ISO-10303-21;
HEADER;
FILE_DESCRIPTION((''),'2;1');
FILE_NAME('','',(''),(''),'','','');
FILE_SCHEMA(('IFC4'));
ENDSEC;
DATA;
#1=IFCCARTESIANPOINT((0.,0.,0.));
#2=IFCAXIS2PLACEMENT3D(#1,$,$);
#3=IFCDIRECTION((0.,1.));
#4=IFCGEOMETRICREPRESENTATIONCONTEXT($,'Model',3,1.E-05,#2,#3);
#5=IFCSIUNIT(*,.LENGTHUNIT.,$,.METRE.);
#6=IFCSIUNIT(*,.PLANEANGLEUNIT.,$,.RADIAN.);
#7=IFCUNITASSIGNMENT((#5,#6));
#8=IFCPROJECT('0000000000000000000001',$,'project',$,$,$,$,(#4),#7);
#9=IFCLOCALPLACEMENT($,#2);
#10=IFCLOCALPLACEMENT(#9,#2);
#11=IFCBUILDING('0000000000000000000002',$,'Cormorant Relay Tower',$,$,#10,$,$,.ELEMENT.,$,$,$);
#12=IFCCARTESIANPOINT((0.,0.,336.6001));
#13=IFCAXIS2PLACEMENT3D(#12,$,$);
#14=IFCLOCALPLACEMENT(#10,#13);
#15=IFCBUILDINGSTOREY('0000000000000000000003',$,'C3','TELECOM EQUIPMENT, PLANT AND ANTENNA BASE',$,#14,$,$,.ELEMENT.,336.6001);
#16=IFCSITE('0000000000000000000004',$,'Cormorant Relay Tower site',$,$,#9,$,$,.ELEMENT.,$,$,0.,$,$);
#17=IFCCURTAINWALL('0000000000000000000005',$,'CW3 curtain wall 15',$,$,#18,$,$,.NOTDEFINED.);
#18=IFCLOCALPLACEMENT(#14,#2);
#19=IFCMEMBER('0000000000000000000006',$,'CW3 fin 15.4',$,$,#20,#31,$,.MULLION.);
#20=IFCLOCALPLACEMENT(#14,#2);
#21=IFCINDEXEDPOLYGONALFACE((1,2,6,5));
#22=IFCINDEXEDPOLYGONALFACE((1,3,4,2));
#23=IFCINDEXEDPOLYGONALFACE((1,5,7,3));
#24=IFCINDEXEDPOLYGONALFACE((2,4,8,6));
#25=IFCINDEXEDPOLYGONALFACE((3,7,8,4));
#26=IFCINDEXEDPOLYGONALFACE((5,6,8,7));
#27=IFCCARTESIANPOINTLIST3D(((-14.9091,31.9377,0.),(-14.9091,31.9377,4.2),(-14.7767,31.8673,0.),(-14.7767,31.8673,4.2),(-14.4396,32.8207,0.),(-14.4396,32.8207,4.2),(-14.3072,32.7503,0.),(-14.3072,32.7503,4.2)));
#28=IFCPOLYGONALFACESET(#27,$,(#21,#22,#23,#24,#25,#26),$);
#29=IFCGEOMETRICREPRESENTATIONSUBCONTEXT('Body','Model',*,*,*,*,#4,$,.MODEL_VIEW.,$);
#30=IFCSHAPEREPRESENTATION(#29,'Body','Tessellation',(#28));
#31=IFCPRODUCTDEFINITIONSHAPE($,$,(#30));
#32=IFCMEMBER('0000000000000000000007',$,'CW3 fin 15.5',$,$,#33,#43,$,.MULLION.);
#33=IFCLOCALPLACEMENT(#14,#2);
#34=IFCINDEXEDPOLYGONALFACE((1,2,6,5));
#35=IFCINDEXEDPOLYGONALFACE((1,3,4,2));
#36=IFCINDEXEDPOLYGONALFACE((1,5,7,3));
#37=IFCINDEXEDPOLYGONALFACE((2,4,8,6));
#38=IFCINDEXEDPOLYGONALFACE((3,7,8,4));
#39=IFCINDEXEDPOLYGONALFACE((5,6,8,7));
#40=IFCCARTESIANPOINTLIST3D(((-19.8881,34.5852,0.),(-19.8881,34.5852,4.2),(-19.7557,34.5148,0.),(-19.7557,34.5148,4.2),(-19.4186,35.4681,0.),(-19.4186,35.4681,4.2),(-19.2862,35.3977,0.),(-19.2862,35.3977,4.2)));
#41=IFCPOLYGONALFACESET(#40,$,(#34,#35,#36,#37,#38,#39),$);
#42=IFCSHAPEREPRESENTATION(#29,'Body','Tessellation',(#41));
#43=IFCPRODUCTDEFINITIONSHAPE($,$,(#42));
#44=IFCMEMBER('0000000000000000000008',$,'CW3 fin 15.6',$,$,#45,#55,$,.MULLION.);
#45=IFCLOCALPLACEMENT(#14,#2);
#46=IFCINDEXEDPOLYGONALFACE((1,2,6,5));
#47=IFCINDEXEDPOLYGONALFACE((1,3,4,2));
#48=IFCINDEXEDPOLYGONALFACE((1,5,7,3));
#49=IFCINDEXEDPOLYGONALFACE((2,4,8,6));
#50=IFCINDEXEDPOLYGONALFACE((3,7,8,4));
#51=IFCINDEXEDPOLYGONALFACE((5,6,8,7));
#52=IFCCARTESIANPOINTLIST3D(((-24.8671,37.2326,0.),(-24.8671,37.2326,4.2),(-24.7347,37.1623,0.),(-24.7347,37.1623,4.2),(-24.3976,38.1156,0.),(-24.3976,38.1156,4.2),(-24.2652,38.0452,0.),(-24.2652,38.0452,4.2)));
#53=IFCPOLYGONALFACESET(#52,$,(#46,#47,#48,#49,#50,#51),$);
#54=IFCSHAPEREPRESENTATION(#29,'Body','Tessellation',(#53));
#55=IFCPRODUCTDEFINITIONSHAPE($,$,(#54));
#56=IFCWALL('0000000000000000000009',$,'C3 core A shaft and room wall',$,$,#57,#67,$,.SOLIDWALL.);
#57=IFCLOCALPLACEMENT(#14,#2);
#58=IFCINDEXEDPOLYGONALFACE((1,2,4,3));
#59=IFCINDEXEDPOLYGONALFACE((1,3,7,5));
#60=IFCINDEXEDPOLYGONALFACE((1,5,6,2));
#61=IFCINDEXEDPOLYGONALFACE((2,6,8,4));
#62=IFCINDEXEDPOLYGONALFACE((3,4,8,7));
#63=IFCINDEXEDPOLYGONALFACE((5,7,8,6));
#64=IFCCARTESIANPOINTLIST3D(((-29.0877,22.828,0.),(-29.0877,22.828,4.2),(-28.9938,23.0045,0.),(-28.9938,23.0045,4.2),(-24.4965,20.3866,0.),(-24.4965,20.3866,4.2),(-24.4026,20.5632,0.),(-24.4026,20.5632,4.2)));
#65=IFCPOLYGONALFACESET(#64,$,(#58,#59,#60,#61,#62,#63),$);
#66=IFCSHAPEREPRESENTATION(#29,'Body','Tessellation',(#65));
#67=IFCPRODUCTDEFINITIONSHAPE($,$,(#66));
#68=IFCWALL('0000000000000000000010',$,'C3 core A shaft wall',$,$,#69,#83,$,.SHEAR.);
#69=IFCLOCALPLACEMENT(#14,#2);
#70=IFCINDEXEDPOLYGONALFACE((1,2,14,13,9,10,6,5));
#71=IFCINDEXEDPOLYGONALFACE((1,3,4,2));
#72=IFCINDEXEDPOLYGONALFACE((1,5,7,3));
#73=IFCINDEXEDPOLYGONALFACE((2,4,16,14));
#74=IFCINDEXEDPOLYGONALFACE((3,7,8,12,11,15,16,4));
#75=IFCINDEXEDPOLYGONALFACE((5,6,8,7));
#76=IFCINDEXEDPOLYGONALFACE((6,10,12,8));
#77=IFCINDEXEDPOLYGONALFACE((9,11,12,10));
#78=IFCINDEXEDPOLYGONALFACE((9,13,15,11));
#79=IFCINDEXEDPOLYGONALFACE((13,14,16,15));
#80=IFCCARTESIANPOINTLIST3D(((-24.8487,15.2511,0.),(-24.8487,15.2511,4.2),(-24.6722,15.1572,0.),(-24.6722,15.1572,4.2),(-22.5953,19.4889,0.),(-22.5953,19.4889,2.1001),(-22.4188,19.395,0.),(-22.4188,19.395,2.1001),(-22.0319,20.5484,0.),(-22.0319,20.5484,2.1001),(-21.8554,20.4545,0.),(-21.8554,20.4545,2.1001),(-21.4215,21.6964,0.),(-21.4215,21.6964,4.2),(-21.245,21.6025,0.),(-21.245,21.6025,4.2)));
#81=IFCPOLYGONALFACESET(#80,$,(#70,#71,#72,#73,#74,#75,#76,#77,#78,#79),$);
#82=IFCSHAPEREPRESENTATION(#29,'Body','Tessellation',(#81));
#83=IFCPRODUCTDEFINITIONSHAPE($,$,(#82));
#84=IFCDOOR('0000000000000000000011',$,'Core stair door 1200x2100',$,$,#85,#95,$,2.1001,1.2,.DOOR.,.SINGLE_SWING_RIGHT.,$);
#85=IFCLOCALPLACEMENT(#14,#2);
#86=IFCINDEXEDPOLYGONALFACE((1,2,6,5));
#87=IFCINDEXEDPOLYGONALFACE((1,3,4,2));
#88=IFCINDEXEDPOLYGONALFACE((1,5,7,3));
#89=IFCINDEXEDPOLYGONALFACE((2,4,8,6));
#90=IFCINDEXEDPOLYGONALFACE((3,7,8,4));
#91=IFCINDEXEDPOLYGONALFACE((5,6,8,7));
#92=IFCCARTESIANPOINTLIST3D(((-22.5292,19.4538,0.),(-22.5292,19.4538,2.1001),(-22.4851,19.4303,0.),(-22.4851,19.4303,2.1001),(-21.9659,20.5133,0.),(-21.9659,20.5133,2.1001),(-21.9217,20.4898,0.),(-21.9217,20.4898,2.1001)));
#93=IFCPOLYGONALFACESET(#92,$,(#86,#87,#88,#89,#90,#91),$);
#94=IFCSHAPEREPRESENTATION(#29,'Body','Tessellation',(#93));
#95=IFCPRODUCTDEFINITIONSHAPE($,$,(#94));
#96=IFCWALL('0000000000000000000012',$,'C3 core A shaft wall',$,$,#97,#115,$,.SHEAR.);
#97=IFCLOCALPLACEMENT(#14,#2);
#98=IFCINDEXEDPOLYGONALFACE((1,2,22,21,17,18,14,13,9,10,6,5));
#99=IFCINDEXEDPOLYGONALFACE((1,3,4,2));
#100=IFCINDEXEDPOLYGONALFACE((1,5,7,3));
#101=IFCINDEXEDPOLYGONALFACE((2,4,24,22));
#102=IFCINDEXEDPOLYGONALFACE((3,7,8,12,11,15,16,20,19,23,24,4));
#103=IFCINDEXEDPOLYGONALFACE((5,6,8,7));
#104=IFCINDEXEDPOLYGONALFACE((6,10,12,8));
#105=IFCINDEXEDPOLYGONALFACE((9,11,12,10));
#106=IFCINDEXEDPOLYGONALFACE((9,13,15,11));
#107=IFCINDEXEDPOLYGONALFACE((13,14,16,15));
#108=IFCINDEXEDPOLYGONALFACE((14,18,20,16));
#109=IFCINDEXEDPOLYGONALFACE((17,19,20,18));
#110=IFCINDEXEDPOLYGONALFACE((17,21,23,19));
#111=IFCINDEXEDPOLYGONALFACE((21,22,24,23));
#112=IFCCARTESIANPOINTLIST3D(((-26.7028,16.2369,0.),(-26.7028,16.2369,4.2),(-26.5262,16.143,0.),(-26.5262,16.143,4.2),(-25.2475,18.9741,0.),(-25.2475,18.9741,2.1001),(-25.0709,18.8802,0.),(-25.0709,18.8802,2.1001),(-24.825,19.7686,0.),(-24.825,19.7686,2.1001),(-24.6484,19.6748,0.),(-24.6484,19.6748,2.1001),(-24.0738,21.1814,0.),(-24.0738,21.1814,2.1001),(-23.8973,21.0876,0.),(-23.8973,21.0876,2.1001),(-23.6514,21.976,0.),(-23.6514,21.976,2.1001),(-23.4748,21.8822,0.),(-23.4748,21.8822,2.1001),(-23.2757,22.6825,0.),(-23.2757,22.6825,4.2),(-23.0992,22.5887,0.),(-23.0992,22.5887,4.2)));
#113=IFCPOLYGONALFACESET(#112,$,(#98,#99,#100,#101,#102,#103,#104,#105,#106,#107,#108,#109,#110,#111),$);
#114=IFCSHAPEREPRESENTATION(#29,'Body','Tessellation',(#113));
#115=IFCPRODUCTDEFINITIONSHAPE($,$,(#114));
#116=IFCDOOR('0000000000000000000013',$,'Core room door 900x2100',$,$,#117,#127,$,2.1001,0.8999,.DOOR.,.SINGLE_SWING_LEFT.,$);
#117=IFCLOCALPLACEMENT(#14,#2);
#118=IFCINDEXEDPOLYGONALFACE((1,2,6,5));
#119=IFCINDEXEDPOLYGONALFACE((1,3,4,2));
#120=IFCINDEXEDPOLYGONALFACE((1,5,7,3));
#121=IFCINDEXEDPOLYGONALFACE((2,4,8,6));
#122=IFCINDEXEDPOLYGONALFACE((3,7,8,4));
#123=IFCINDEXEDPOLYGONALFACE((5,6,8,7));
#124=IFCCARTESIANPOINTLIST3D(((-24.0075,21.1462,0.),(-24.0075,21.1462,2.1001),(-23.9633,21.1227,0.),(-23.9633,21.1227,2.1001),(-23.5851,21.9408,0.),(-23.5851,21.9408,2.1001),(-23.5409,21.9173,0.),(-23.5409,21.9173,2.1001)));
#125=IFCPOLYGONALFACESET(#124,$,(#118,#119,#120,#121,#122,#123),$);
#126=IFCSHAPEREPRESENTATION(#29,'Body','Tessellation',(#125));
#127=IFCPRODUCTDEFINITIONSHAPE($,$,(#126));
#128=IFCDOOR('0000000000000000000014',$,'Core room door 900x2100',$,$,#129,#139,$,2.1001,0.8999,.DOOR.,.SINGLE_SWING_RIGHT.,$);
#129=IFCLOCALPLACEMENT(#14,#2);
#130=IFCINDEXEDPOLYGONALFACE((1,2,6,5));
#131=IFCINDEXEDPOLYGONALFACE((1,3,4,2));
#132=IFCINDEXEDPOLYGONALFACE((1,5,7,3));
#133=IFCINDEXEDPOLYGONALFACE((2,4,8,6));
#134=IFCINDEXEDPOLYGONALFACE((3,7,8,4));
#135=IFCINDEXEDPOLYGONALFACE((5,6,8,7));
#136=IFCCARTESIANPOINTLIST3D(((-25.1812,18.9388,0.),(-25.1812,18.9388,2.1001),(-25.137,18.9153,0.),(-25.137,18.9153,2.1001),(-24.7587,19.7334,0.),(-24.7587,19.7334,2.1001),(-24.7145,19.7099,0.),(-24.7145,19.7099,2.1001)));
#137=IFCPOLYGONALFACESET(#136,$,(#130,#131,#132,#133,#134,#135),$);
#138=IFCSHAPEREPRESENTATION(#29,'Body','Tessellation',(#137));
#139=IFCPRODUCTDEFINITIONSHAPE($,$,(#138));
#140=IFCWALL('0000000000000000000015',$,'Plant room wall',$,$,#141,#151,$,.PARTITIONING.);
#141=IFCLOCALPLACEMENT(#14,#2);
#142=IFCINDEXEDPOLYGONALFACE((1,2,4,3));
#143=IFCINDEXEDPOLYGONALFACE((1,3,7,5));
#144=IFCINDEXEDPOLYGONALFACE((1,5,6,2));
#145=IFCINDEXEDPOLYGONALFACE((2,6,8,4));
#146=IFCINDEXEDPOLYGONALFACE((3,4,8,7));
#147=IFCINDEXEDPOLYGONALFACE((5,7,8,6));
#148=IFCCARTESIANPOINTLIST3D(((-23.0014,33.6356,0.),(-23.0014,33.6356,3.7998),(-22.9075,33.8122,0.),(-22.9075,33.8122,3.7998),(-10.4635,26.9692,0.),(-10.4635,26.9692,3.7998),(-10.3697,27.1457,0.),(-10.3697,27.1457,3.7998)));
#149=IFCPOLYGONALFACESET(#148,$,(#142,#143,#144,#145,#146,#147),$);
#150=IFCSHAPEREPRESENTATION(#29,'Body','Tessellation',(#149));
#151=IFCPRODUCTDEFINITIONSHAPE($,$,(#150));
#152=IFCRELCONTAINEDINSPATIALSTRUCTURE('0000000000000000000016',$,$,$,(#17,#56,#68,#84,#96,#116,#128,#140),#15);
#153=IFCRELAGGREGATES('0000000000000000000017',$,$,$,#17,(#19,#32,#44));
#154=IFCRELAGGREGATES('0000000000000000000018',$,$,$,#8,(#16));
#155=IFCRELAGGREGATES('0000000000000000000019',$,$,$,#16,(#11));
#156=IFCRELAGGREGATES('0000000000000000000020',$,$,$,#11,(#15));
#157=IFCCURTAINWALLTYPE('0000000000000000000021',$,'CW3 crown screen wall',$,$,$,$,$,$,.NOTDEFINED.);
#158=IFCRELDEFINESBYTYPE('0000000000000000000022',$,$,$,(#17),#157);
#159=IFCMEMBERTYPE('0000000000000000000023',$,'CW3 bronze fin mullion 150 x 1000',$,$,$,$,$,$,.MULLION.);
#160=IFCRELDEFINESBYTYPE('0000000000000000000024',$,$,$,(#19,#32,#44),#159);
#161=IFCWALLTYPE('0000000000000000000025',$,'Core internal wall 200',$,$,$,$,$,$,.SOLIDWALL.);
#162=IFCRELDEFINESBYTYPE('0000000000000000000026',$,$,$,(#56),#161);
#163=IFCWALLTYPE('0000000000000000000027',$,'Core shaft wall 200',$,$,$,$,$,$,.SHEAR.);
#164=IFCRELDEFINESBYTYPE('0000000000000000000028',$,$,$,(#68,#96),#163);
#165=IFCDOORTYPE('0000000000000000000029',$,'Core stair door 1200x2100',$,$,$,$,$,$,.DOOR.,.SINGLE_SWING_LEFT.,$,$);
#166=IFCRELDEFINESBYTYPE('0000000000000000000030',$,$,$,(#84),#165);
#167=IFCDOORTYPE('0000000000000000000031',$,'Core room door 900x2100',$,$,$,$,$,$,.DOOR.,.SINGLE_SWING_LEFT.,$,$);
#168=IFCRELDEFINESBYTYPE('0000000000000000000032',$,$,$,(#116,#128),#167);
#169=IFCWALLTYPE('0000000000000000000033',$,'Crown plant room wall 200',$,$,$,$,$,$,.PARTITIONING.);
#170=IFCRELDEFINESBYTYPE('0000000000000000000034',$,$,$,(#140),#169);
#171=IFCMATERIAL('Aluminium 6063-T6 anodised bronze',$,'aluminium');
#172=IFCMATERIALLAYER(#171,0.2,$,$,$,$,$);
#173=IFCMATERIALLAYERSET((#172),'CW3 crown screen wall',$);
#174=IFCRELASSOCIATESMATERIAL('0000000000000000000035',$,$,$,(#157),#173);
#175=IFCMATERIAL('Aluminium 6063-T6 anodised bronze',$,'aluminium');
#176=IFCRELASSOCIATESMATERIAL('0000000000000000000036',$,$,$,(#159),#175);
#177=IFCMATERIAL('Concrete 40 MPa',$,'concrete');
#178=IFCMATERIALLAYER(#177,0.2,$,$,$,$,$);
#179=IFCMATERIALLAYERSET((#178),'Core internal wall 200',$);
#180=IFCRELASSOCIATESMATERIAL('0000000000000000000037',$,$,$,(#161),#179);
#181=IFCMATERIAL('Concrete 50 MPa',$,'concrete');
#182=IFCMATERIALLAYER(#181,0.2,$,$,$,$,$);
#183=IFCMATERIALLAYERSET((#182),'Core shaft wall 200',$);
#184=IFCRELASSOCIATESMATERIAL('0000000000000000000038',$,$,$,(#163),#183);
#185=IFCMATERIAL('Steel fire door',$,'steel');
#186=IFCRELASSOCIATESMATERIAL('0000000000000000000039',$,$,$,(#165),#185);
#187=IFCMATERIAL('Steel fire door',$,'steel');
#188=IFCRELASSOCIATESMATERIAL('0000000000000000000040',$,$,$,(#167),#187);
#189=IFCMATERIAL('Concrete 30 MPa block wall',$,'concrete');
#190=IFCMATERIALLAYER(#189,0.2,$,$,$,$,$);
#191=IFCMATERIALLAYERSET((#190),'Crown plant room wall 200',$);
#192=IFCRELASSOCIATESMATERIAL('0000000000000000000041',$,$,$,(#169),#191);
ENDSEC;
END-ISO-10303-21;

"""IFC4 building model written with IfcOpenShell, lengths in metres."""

from ifc_helpers import new_model, si_unit, direction, frame, frame_2d, origin, origin_2d, place, context, subcontext, project, spatial, rectangle, extrude, material, layer, layer_set, material_profile, profile_set, type_object, element, fill, aggregate, save


model = new_model("IFC4")

# Units and contexts
model_context = context("Model", 3, precision=1e-05, world=origin(), true_north=direction((0.0, 1.0)))
body_context = subcontext(model_context, "Body", "Model", "MODEL_VIEW")
ifc_project = project(units=[si_unit("LENGTHUNIT", "METRE"), si_unit("PLANEANGLEUNIT", "RADIAN")], contexts=[model_context])

# Site, building, storey
site_placement = place(None, origin())
site = spatial("IfcSite", under=ifc_project, at=site_placement, Name="Cormorant Relay Tower site", CompositionType="ELEMENT", RefElevation=0.0)
building_placement = place(site_placement, origin())
building = spatial("IfcBuilding", under=site, at=building_placement, Name="Cormorant Relay Tower", CompositionType="ELEMENT")
storey_placement = place(building_placement, frame((0.0, 0.0, 336.6001)))
storey = spatial("IfcBuildingStorey", under=building, at=storey_placement, Name="C3", Description="TELECOM EQUIPMENT, PLANT AND ANTENNA BASE", CompositionType="ELEMENT", Elevation=336.6001)

# Curtain wall, members
ifc_material_1 = material(Name="Aluminium 6063-T6 anodised bronze", Category="aluminium")
ifc_layer_1 = layer(ifc_material_1, 0.2)
ifc_layer_set_1 = layer_set([ifc_layer_1], Name="CW3 crown screen wall")
curtain_wall_type = type_object("IfcCurtainWallType", Name="CW3 crown screen wall", PredefinedType="NOTDEFINED", material=ifc_layer_set_1)
curtain_wall_placement = place(storey_placement, origin())
curtain_wall = element("IfcCurtainWall", 1, at=curtain_wall_placement, inside=storey, type_object=curtain_wall_type, Name="CW3 curtain wall 15", PredefinedType="NOTDEFINED")
ifc_material_2 = material(Name="Aluminium 6063-T6 anodised bronze", Category="aluminium")
ifc_material_profile = material_profile(ifc_material_2, rectangle(XDim=0.1499, YDim=1.0, at=origin_2d()), Name="AL 150x1000")
ifc_profile_set = profile_set([ifc_material_profile], Name="Aluminium 6063-T6 anodised bronze")
member_type = type_object("IfcMemberType", Name="CW3 bronze fin mullion 150 x 1000", PredefinedType="MULLION", material=ifc_profile_set)
member_1_placement = place(storey_placement, frame((-14.6082, 32.344, 0.0), z_axis=(0.0, 0.0, 1.0), x_axis=(-0.882948, 0.469472, 0.0)))
member_1 = element("IfcMember", 2, at=member_1_placement, type_object=member_type, Name="CW3 fin 15.4", PredefinedType="MULLION", context=body_context, shape_type="SweptSolid", body=[
    extrude(rectangle(XDim=0.1499, YDim=1.0, at=origin_2d()), origin(), (0.0, 0.0, 1.0), 4.2),
])
member_2_placement = place(storey_placement, frame((-19.5872, 34.9915, 0.0), z_axis=(0.0, 0.0, 1.0), x_axis=(-0.882948, 0.469472, 0.0)))
member_2 = element("IfcMember", 3, at=member_2_placement, type_object=member_type, Name="CW3 fin 15.5", PredefinedType="MULLION", context=body_context, shape_type="SweptSolid", body=[
    extrude(rectangle(XDim=0.1499, YDim=1.0, at=origin_2d()), origin(), (0.0, 0.0, 1.0), 4.2),
])
member_3_placement = place(storey_placement, frame((-24.5662, 37.6389, 0.0), z_axis=(0.0, 0.0, 1.0), x_axis=(-0.882948, 0.469472, 0.0)))
member_3 = element("IfcMember", 4, at=member_3_placement, type_object=member_type, Name="CW3 fin 15.6", PredefinedType="MULLION", context=body_context, shape_type="SweptSolid", body=[
    extrude(rectangle(XDim=0.1499, YDim=1.0, at=origin_2d()), origin(), (0.0, 0.0, 1.0), 4.2),
])

# Wall
ifc_material_3 = material(Name="Concrete 40 MPa", Category="concrete")
ifc_layer_2 = layer(ifc_material_3, 0.2)
ifc_layer_set_2 = layer_set([ifc_layer_2], Name="Core internal wall 200")
wall_type_1 = type_object("IfcWallType", Name="Core internal wall 200", PredefinedType="SOLIDWALL", material=ifc_layer_set_2)
wall_1_placement = place(storey_placement, frame((-24.4495, 20.4749, 0.0), z_axis=(0.0, 0.0, 1.0), x_axis=(-0.882935, 0.469496, 0.0)))
element("IfcWall", 5, at=wall_1_placement, inside=storey, type_object=wall_type_1, Name="C3 core A shaft and room wall", PredefinedType="SOLIDWALL", context=body_context, shape_type="SweptSolid", body=[
    extrude(rectangle(XDim=5.2, YDim=0.2, at=frame_2d((2.6001, 0.0))), origin(), (0.0, 0.0, 1.0), 4.2),
])

# Wall, opening, door
ifc_material_4 = material(Name="Concrete 50 MPa", Category="concrete")
ifc_layer_3 = layer(ifc_material_4, 0.2)
ifc_layer_set_3 = layer_set([ifc_layer_3], Name="Core shaft wall 200")
wall_type_2 = type_object("IfcWallType", Name="Core shaft wall 200", PredefinedType="SHEAR", material=ifc_layer_set_3)
wall_2_placement = place(storey_placement, frame((-21.3333, 21.6494, 0.0), z_axis=(0.0, 0.0, 1.0), x_axis=(-0.469494, -0.882936, 0.0)))
wall_2 = element("IfcWall", 6, at=wall_2_placement, inside=storey, type_object=wall_type_2, Name="C3 core A shaft wall", PredefinedType="SHEAR", context=body_context, shape_type="SweptSolid", body=[
    extrude(rectangle(XDim=7.2998, YDim=0.2, at=frame_2d((3.6499, 0.0))), origin(), (0.0, 0.0, 1.0), 4.2),
])
opening_1_placement = place(wall_2_placement, frame((1.3, 0.0, 0.0)))
opening_1 = element("IfcOpeningElement", 7, at=opening_1_placement, cuts=wall_2, PredefinedType="OPENING", context=body_context, shape_type="SweptSolid", body=[
    extrude(rectangle(XDim=1.2, YDim=2.1001, at=frame_2d((0.6001, 1.05))), frame((0.0, 0.1099, 0.0), z_axis=(0.0, -1.0, 0.0), x_axis=(1.0, 0.0, 0.0)), (0.0, 0.0, 1.0), 0.22),
])
ifc_material_5 = material(Name="Steel fire door", Category="steel")
door_type_1 = type_object("IfcDoorType", Name="Core stair door 1200x2100", OperationType="SINGLE_SWING_LEFT", PredefinedType="DOOR", material=ifc_material_5)
door_1_placement = place(opening_1_placement, origin())
door_1 = element("IfcDoor", 8, at=door_1_placement, inside=storey, type_object=door_type_1, Name="Core stair door 1200x2100", OperationType="SINGLE_SWING_RIGHT", OverallHeight=2.1001, OverallWidth=1.2, PredefinedType="DOOR", context=body_context, shape_type="SweptSolid", body=[
    extrude(rectangle(XDim=1.2, YDim=2.1001, at=frame_2d((0.6001, 1.05))), frame((0.0, 0.0249, 0.0), z_axis=(0.0, -1.0, 0.0), x_axis=(1.0, 0.0, 0.0)), (0.0, 0.0, 1.0), 0.05),
])
fill(opening_1, door_1)

# Wall, openings, doors
wall_3_placement = place(storey_placement, frame((-23.1875, 22.6355, 0.0), z_axis=(0.0, 0.0, 1.0), x_axis=(-0.469454, -0.882957, 0.0)))
wall_3 = element("IfcWall", 9, at=wall_3_placement, inside=storey, type_object=wall_type_2, Name="C3 core A shaft wall", PredefinedType="SHEAR", context=body_context, shape_type="SweptSolid", body=[
    extrude(rectangle(XDim=7.3, YDim=0.2, at=frame_2d((3.6499, 0.0))), origin(), (0.0, 0.0, 1.0), 4.2),
])
opening_2_placement = place(wall_3_placement, frame((0.8, 0.0, 0.0)))
opening_2 = element("IfcOpeningElement", 10, at=opening_2_placement, cuts=wall_3, PredefinedType="OPENING", context=body_context, shape_type="SweptSolid", body=[
    extrude(rectangle(XDim=0.8999, YDim=2.1001, at=frame_2d((0.45, 1.05))), frame((0.0, 0.1099, 0.0), z_axis=(0.0, -1.0, 0.0), x_axis=(1.0, 0.0, 0.0)), (0.0, 0.0, 1.0), 0.22),
])
opening_3_placement = place(wall_3_placement, frame((3.3, 0.0, 0.0)))
opening_3 = element("IfcOpeningElement", 11, at=opening_3_placement, cuts=wall_3, PredefinedType="OPENING", context=body_context, shape_type="SweptSolid", body=[
    extrude(rectangle(XDim=0.8999, YDim=2.1001, at=frame_2d((0.45, 1.05))), frame((0.0, 0.1099, 0.0), z_axis=(0.0, -1.0, 0.0), x_axis=(1.0, 0.0, 0.0)), (0.0, 0.0, 1.0), 0.22),
])
ifc_material_6 = material(Name="Steel fire door", Category="steel")
door_type_2 = type_object("IfcDoorType", Name="Core room door 900x2100", OperationType="SINGLE_SWING_LEFT", PredefinedType="DOOR", material=ifc_material_6)
door_2_placement = place(opening_2_placement, frame((0.8999, 0.0, 0.0), z_axis=(0.0, 0.0, 1.0), x_axis=(-1.0, 0.0, 0.0)))
door_2 = element("IfcDoor", 12, at=door_2_placement, inside=storey, type_object=door_type_2, Name="Core room door 900x2100", OperationType="SINGLE_SWING_LEFT", OverallHeight=2.1001, OverallWidth=0.8999, PredefinedType="DOOR", context=body_context, shape_type="SweptSolid", body=[
    extrude(rectangle(XDim=0.8999, YDim=2.1001, at=frame_2d((0.45, 1.05))), frame((0.0, 0.0249, 0.0), z_axis=(0.0, -1.0, 0.0), x_axis=(1.0, 0.0, 0.0)), (0.0, 0.0, 1.0), 0.05),
])
fill(opening_2, door_2)
door_3_placement = place(opening_3_placement, frame((0.8999, 0.0, 0.0), z_axis=(0.0, 0.0, 1.0), x_axis=(-1.0, 0.0, 0.0)))
door_3 = element("IfcDoor", 13, at=door_3_placement, inside=storey, type_object=door_type_2, Name="Core room door 900x2100", OperationType="SINGLE_SWING_RIGHT", OverallHeight=2.1001, OverallWidth=0.8999, PredefinedType="DOOR", context=body_context, shape_type="SweptSolid", body=[
    extrude(rectangle(XDim=0.8999, YDim=2.1001, at=frame_2d((0.45, 1.05))), frame((0.0, 0.0249, 0.0), z_axis=(0.0, -1.0, 0.0), x_axis=(1.0, 0.0, 0.0)), (0.0, 0.0, 1.0), 0.05),
])
fill(opening_3, door_3)

# Wall
ifc_material_7 = material(Name="Concrete 30 MPa block wall", Category="concrete")
ifc_layer_4 = layer(ifc_material_7, 0.2)
ifc_layer_set_4 = layer_set([ifc_layer_4], Name="Crown plant room wall 200")
wall_type_3 = type_object("IfcWallType", Name="Crown plant room wall 200", PredefinedType="PARTITIONING", material=ifc_layer_set_4)
wall_4_placement = place(storey_placement, frame((-10.4165, 27.0574, 0.0), z_axis=(0.0, 0.0, 1.0), x_axis=(-0.882947, 0.469472, 0.0)))
element("IfcWall", 14, at=wall_4_placement, inside=storey, type_object=wall_type_3, Name="Plant room wall", PredefinedType="PARTITIONING", context=body_context, shape_type="SweptSolid", body=[
    extrude(rectangle(XDim=14.2, YDim=0.2, at=frame_2d((7.1001, 0.0))), origin(), (0.0, 0.0, 1.0), 3.7998),
])

aggregate(curtain_wall, [member_1, member_2, member_3])

save(model, "model.ifc")
